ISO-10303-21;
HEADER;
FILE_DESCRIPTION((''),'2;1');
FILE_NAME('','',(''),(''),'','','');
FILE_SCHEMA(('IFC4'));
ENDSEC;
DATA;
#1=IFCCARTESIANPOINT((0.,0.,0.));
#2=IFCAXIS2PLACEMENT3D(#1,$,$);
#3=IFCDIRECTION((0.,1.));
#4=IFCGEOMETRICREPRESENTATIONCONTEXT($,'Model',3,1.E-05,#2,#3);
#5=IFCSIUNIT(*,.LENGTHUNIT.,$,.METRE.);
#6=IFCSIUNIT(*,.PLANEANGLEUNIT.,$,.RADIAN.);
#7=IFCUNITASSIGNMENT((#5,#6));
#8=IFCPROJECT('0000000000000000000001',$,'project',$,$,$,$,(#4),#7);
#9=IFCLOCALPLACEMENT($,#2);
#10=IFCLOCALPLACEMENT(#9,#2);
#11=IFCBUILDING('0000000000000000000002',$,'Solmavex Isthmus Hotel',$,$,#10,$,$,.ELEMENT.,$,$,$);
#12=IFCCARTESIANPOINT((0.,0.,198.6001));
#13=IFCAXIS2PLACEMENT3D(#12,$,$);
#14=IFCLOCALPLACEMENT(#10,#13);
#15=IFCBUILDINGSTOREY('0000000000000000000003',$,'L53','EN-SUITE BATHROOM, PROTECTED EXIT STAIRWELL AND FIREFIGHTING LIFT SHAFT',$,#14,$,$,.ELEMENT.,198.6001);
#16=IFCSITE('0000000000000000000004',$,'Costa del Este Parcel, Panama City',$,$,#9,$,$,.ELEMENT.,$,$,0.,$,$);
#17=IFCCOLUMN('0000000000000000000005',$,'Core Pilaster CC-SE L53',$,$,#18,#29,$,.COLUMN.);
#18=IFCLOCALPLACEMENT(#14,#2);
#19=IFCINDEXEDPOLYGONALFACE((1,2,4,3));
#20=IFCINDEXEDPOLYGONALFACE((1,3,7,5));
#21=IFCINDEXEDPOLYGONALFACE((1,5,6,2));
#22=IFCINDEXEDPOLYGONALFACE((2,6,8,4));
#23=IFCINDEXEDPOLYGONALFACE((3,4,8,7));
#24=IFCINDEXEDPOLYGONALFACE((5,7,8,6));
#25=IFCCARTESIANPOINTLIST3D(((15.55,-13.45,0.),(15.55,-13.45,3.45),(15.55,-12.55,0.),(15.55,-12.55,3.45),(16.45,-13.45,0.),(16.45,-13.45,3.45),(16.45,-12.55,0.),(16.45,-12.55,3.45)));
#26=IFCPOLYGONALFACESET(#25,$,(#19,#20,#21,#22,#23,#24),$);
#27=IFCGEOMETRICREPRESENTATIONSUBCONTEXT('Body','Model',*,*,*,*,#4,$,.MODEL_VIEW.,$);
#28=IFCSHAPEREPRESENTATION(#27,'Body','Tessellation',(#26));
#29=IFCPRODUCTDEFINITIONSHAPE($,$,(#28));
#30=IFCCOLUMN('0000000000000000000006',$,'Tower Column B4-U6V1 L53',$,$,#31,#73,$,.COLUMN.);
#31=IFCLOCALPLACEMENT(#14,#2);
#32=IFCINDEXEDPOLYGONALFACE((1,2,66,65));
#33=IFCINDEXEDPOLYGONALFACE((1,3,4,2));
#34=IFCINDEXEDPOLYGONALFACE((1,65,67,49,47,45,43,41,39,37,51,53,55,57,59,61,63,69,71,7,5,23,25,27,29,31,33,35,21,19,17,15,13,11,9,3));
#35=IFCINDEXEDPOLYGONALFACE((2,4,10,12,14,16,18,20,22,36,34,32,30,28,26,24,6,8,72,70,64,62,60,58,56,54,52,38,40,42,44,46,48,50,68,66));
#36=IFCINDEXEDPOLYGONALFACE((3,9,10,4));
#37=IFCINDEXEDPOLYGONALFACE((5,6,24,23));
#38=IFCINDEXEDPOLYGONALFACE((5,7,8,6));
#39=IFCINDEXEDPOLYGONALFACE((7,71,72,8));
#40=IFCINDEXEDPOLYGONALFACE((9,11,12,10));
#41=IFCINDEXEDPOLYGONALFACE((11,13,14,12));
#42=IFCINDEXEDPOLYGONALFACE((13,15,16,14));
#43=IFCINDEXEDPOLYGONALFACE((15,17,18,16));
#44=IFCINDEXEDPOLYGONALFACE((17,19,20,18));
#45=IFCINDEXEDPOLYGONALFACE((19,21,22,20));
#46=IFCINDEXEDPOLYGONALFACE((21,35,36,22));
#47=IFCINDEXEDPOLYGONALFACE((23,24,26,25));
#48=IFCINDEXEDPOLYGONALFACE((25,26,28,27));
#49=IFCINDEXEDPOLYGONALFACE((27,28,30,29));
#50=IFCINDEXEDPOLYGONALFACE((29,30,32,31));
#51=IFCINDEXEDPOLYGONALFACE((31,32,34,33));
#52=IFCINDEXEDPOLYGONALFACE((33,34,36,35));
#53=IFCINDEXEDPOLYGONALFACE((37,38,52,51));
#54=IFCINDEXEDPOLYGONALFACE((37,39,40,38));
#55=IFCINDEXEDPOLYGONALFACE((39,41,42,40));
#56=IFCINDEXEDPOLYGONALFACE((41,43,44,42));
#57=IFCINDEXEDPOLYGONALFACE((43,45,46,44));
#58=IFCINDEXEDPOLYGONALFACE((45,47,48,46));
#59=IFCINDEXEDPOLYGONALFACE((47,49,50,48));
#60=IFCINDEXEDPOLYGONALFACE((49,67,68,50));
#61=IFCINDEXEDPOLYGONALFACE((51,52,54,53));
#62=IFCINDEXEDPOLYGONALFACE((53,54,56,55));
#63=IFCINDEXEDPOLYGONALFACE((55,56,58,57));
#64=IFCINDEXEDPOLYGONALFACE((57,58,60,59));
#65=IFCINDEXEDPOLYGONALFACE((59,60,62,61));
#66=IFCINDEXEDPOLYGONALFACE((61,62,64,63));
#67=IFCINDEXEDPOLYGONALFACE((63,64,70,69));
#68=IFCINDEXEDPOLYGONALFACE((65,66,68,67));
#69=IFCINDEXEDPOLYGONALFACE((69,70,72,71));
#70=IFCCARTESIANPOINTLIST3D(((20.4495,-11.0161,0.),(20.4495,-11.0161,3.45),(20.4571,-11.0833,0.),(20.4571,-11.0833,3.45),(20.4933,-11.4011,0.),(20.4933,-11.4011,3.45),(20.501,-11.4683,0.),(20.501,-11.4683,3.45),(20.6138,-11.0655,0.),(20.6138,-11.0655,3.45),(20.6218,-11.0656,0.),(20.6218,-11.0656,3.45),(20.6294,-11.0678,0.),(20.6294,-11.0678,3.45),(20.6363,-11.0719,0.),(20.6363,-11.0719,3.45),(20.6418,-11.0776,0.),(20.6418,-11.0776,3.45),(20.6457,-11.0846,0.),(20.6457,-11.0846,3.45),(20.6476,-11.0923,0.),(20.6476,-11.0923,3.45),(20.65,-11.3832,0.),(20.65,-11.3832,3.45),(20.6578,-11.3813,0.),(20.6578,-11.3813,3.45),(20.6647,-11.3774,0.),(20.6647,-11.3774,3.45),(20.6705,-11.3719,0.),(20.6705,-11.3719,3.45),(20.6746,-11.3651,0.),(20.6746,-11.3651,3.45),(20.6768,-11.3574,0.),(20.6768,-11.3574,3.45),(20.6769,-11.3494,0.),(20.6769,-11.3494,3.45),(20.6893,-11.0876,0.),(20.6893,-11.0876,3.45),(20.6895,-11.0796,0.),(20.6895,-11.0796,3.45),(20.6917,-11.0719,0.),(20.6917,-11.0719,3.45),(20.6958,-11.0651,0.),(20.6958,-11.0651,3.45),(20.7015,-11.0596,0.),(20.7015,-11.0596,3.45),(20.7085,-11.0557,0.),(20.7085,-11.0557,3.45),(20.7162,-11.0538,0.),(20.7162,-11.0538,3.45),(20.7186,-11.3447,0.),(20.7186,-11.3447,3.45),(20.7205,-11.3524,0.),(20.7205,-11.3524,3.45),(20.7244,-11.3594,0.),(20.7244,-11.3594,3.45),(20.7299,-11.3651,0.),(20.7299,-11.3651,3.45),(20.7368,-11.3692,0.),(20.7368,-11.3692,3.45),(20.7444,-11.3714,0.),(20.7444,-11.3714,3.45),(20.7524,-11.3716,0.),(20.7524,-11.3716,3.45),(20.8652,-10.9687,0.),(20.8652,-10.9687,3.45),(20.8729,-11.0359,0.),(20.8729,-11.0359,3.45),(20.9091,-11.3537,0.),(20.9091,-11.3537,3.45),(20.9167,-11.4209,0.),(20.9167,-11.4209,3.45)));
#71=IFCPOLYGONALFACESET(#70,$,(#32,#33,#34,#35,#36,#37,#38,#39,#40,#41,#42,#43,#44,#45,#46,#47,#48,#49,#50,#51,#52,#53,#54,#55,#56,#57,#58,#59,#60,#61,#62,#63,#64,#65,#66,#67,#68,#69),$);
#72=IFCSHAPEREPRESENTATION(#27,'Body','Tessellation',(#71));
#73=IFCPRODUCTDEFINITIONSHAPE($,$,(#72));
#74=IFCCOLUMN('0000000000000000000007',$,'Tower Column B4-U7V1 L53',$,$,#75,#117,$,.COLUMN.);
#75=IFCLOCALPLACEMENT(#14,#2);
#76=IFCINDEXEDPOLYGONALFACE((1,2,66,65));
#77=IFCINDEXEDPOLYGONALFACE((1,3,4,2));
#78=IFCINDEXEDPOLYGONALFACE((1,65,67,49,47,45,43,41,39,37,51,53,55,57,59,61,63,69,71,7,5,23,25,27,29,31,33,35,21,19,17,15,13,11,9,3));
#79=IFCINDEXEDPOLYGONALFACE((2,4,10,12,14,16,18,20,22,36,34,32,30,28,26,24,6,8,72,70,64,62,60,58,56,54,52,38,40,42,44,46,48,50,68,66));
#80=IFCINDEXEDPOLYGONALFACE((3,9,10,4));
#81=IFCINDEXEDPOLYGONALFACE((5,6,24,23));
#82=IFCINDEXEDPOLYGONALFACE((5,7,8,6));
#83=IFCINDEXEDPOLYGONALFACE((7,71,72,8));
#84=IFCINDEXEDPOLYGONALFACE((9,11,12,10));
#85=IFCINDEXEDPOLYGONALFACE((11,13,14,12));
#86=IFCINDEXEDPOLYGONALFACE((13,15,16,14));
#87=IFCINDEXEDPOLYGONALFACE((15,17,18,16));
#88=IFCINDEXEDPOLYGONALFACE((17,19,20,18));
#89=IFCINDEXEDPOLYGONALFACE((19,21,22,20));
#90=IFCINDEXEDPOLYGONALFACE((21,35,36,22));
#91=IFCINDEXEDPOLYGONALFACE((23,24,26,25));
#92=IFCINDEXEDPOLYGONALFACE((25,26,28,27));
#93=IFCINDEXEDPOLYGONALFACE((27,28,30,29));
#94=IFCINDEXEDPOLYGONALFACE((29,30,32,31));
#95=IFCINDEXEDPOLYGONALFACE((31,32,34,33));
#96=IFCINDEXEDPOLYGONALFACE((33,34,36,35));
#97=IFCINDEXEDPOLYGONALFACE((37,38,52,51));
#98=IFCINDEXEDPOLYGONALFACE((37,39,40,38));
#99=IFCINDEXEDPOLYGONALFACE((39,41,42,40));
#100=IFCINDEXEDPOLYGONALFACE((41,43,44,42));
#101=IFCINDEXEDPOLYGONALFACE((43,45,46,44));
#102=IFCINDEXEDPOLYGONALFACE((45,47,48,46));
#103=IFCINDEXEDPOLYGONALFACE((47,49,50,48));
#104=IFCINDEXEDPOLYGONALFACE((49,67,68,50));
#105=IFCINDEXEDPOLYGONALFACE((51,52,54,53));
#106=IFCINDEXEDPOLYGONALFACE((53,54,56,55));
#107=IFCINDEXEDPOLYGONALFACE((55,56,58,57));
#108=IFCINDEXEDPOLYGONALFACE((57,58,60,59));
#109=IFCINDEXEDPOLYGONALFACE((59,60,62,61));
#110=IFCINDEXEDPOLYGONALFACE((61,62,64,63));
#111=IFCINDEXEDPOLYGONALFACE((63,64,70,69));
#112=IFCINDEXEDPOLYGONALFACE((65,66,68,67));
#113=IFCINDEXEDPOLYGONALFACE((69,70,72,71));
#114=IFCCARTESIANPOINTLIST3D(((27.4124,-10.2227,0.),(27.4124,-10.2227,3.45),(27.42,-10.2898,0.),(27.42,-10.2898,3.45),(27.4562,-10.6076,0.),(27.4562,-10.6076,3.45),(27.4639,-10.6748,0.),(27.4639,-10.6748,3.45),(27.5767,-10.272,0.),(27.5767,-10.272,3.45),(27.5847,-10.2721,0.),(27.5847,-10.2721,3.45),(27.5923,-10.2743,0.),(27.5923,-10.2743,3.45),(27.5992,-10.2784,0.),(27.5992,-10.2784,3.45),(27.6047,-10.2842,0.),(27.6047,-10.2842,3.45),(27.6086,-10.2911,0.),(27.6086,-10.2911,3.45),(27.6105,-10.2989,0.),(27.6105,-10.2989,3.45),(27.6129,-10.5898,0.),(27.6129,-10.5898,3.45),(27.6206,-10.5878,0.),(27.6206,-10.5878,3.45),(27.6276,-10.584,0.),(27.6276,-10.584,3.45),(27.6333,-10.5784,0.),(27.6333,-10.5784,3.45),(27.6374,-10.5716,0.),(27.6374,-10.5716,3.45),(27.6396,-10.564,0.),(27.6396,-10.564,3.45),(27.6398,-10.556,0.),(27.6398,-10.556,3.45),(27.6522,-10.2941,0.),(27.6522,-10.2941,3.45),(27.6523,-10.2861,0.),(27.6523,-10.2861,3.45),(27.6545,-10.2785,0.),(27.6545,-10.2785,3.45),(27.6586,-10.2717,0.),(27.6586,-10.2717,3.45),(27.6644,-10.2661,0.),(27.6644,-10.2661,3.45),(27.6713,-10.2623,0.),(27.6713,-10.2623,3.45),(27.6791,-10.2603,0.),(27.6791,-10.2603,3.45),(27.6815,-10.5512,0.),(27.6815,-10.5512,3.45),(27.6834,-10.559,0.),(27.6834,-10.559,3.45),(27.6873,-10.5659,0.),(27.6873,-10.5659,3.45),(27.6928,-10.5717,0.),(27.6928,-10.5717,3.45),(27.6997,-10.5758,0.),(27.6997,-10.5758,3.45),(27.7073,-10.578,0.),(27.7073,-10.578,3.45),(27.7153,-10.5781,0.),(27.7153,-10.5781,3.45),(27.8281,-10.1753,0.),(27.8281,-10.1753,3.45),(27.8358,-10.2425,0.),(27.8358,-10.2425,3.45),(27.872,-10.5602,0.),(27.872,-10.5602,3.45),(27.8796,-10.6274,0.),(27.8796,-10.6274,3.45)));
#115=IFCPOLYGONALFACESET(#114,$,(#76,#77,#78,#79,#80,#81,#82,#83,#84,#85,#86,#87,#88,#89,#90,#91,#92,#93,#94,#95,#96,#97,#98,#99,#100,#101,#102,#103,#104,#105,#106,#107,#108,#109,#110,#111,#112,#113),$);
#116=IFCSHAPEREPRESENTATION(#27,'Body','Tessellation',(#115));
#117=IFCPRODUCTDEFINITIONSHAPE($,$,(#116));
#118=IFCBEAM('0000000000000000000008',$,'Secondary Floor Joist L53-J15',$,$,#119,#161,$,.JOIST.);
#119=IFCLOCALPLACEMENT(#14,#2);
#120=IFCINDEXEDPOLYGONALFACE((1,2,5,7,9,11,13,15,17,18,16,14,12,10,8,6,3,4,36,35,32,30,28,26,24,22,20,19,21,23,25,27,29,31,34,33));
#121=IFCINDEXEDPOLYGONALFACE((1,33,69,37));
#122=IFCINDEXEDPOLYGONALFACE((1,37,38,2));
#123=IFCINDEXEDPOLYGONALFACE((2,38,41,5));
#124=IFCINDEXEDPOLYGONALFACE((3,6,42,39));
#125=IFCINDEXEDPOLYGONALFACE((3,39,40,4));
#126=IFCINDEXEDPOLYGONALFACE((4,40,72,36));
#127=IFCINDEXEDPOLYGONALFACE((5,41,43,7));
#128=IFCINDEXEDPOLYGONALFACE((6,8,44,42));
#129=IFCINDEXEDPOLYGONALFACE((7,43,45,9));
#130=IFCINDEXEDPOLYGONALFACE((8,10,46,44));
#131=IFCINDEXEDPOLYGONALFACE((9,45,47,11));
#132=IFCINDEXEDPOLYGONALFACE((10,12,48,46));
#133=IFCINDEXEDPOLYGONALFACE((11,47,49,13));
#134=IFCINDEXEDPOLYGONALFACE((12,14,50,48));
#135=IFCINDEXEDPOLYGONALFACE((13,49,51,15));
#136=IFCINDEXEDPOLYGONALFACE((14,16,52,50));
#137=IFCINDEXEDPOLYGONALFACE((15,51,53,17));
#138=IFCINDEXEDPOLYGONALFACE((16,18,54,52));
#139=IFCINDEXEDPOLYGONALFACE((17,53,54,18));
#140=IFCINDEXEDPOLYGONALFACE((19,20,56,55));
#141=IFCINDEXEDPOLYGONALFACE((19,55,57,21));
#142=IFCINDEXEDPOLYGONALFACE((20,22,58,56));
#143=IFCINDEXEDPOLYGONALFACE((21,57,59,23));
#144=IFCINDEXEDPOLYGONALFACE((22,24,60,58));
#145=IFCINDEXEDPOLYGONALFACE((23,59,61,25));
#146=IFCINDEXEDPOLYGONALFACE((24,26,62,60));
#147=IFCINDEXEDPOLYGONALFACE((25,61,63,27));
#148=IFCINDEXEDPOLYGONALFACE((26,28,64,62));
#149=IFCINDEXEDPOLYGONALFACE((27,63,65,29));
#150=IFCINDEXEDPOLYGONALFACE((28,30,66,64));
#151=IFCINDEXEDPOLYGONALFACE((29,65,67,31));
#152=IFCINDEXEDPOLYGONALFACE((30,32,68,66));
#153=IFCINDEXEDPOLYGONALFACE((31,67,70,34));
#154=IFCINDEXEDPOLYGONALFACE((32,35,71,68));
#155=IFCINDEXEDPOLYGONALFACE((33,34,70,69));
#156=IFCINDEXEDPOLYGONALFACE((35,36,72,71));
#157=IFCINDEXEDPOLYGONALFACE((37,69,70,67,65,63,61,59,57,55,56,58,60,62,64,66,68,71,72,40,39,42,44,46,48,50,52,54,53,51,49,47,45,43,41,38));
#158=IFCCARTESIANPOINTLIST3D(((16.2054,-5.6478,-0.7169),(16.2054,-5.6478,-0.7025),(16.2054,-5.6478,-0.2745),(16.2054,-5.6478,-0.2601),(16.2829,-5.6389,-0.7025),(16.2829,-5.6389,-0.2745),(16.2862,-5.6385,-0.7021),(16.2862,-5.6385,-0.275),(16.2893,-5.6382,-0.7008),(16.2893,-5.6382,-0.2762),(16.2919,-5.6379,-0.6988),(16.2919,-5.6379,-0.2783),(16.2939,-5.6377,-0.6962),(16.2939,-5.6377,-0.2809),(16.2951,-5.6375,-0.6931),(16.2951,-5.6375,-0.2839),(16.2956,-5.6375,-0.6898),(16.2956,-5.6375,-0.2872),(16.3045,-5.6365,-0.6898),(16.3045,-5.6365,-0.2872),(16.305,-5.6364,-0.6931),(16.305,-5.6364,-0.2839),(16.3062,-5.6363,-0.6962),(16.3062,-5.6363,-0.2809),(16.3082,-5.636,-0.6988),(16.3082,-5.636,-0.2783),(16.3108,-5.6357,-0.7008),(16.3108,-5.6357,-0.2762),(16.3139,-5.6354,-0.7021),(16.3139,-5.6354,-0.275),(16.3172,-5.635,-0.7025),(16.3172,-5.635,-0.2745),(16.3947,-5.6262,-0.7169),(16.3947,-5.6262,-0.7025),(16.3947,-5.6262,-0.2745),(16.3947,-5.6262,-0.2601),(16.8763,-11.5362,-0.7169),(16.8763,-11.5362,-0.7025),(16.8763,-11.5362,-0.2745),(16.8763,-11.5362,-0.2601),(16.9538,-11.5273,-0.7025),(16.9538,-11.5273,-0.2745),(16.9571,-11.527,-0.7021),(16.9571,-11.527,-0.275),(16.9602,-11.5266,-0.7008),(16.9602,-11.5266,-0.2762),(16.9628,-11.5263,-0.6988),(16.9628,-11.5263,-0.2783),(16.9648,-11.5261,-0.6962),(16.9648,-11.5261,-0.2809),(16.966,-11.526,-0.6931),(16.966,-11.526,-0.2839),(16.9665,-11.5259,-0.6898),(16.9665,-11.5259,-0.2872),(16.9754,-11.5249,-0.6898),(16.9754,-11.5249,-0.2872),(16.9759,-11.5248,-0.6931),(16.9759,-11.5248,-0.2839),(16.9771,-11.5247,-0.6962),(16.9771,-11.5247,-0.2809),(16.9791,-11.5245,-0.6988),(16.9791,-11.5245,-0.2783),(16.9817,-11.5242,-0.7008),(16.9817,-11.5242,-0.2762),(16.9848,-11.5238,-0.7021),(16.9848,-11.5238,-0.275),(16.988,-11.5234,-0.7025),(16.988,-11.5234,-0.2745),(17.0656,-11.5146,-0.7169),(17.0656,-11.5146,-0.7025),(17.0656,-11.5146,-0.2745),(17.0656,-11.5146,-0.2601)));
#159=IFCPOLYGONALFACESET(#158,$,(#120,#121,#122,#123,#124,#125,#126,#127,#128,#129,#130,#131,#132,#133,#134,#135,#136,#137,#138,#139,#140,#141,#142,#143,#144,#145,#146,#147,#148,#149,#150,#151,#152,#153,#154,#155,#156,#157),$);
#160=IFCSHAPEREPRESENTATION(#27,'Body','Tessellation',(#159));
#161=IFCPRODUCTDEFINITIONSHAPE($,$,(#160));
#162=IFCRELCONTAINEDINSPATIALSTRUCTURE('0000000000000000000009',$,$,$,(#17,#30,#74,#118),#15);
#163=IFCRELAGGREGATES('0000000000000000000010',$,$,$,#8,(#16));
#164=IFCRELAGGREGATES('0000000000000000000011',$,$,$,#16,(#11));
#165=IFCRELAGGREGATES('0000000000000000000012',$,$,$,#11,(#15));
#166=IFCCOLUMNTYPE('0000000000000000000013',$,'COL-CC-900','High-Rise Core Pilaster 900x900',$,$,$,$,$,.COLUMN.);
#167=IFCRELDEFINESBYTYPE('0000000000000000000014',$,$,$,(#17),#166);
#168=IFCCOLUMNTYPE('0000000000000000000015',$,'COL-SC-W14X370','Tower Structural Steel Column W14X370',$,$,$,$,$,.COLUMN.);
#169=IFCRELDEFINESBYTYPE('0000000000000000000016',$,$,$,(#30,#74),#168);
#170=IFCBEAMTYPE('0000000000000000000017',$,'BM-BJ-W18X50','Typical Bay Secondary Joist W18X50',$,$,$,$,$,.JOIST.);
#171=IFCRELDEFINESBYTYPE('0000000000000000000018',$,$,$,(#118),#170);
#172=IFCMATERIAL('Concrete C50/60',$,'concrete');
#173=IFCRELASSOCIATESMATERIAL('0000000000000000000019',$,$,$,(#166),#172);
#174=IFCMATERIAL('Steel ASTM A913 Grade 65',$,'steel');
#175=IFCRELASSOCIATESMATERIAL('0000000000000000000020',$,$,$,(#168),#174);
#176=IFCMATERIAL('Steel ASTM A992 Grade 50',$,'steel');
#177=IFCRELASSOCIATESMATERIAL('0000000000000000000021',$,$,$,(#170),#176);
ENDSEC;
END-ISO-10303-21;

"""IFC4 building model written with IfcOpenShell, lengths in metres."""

from ifc_helpers import new_model, si_unit, direction, frame, origin, origin_2d, place, context, subcontext, project, spatial, rectangle, i_section, extrude, material, material_profile, profile_set, type_object, element, save


model = new_model("IFC4")

# Units and contexts
model_context = context("Model", 3, precision=1e-05, world=origin(), true_north=direction((0.0, 1.0)))
body_context = subcontext(model_context, "Body", "Model", "MODEL_VIEW")
ifc_project = project(units=[si_unit("LENGTHUNIT", "METRE"), si_unit("PLANEANGLEUNIT", "RADIAN")], contexts=[model_context])

# Site, building, storey
site_placement = place(None, origin())
site = spatial("IfcSite", under=ifc_project, at=site_placement, Name="Costa del Este Parcel, Panama City", CompositionType="ELEMENT", RefElevation=0.0)
building_placement = place(site_placement, origin())
building = spatial("IfcBuilding", under=site, at=building_placement, Name="Solmavex Isthmus Hotel", CompositionType="ELEMENT")
storey_placement = place(building_placement, frame((0.0, 0.0, 198.6001)))
storey = spatial("IfcBuildingStorey", under=building, at=storey_placement, Name="L53", Description="EN-SUITE BATHROOM, PROTECTED EXIT STAIRWELL AND FIREFIGHTING LIFT SHAFT", CompositionType="ELEMENT", Elevation=198.6001)

# Columns
ifc_material_1 = material(Name="Concrete C50/60", Category="concrete")
ifc_material_profile_1 = material_profile(ifc_material_1, rectangle(XDim=0.8999, YDim=0.8999, at=origin_2d()), Name="RC900X900")
ifc_profile_set_1 = profile_set([ifc_material_profile_1], Name="Concrete C50/60")
column_type_1 = type_object("IfcColumnType", Name="COL-CC-900", Description="High-Rise Core Pilaster 900x900", PredefinedType="COLUMN", material=ifc_profile_set_1)
column_placement = place(storey_placement, frame((16.0, -13.0, 0.0), z_axis=(0.0, 0.0, 1.0), x_axis=(1.0, 0.0, 0.0)))
element("IfcColumn", 1, at=column_placement, inside=storey, type_object=column_type_1, Name="Core Pilaster CC-SE L53", PredefinedType="COLUMN", context=body_context, shape_type="SweptSolid", body=[
    extrude(rectangle(XDim=0.8999, YDim=0.8999, at=origin_2d()), origin(), (0.0, 0.0, 1.0), 3.45),
])
ifc_material_2 = material(Name="Steel ASTM A913 Grade 65", Category="steel")
ifc_material_profile_2 = material_profile(ifc_material_2, i_section(OverallWidth=0.4185, OverallDepth=0.4551, WebThickness=0.042, FlangeThickness=0.0676, FilletRadius=0.0305, at=origin_2d()), Name="W14X370")
ifc_profile_set_2 = profile_set([ifc_material_profile_2], Name="Steel ASTM A913 Grade 65")
column_type_2 = type_object("IfcColumnType", Name="COL-SC-W14X370", Description="Tower Structural Steel Column W14X370", PredefinedType="COLUMN", material=ifc_profile_set_2)
for number, where, z_axis, x_axis, name in (
    (2, (20.6831, -11.2185, 0.0), (0.0, 0.0, 1.0), (0.993572, 0.113203, 0.0), "Tower Column B4-U6V1 L53"),
    (3, (27.646, -10.425, 0.0), (0.0, 0.0, 1.0), (0.993572, 0.113203, 0.0), "Tower Column B4-U7V1 L53"),
):
    element("IfcColumn", number, at=place(storey_placement, frame(where, z_axis=z_axis, x_axis=x_axis)), inside=storey, type_object=column_type_2, Name=name, PredefinedType="COLUMN", context=body_context, shape_type="SweptSolid", body=[
        extrude(i_section(OverallWidth=0.4185, OverallDepth=0.4551, WebThickness=0.042, FlangeThickness=0.0676, FilletRadius=0.0305, at=origin_2d()), origin(), (0.0, 0.0, 1.0), 3.45),
    ])

# Beam
ifc_material_3 = material(Name="Steel ASTM A992 Grade 50", Category="steel")
ifc_material_profile_3 = material_profile(ifc_material_3, i_section(OverallWidth=0.1904, OverallDepth=0.4568, WebThickness=0.009, FlangeThickness=0.0144, FilletRadius=0.0127, at=origin_2d()), Name="W18X50")
ifc_profile_set_3 = profile_set([ifc_material_profile_3], Name="Steel ASTM A992 Grade 50")
beam_type_1 = type_object("IfcBeamType", Name="BM-BJ-W18X50", Description="Typical Bay Secondary Joist W18X50", PredefinedType="JOIST", material=ifc_profile_set_3)
beam_1_placement = place(storey_placement, frame((16.9709, -11.5254, -0.4885), z_axis=(-0.113203, 0.993572, 0.0), x_axis=(-0.993572, -0.113203, 0.0)))
element("IfcBeam", 4, at=beam_1_placement, inside=storey, type_object=beam_type_1, Name="Secondary Floor Joist L53-J15", PredefinedType="JOIST", context=body_context, shape_type="SweptSolid", body=[
    extrude(i_section(OverallWidth=0.1904, OverallDepth=0.4568, WebThickness=0.009, FlangeThickness=0.0144, FilletRadius=0.0127, at=origin_2d()), origin(), (0.0, 0.0, 1.0), 5.9265),
])

save(model, "model.ifc")
